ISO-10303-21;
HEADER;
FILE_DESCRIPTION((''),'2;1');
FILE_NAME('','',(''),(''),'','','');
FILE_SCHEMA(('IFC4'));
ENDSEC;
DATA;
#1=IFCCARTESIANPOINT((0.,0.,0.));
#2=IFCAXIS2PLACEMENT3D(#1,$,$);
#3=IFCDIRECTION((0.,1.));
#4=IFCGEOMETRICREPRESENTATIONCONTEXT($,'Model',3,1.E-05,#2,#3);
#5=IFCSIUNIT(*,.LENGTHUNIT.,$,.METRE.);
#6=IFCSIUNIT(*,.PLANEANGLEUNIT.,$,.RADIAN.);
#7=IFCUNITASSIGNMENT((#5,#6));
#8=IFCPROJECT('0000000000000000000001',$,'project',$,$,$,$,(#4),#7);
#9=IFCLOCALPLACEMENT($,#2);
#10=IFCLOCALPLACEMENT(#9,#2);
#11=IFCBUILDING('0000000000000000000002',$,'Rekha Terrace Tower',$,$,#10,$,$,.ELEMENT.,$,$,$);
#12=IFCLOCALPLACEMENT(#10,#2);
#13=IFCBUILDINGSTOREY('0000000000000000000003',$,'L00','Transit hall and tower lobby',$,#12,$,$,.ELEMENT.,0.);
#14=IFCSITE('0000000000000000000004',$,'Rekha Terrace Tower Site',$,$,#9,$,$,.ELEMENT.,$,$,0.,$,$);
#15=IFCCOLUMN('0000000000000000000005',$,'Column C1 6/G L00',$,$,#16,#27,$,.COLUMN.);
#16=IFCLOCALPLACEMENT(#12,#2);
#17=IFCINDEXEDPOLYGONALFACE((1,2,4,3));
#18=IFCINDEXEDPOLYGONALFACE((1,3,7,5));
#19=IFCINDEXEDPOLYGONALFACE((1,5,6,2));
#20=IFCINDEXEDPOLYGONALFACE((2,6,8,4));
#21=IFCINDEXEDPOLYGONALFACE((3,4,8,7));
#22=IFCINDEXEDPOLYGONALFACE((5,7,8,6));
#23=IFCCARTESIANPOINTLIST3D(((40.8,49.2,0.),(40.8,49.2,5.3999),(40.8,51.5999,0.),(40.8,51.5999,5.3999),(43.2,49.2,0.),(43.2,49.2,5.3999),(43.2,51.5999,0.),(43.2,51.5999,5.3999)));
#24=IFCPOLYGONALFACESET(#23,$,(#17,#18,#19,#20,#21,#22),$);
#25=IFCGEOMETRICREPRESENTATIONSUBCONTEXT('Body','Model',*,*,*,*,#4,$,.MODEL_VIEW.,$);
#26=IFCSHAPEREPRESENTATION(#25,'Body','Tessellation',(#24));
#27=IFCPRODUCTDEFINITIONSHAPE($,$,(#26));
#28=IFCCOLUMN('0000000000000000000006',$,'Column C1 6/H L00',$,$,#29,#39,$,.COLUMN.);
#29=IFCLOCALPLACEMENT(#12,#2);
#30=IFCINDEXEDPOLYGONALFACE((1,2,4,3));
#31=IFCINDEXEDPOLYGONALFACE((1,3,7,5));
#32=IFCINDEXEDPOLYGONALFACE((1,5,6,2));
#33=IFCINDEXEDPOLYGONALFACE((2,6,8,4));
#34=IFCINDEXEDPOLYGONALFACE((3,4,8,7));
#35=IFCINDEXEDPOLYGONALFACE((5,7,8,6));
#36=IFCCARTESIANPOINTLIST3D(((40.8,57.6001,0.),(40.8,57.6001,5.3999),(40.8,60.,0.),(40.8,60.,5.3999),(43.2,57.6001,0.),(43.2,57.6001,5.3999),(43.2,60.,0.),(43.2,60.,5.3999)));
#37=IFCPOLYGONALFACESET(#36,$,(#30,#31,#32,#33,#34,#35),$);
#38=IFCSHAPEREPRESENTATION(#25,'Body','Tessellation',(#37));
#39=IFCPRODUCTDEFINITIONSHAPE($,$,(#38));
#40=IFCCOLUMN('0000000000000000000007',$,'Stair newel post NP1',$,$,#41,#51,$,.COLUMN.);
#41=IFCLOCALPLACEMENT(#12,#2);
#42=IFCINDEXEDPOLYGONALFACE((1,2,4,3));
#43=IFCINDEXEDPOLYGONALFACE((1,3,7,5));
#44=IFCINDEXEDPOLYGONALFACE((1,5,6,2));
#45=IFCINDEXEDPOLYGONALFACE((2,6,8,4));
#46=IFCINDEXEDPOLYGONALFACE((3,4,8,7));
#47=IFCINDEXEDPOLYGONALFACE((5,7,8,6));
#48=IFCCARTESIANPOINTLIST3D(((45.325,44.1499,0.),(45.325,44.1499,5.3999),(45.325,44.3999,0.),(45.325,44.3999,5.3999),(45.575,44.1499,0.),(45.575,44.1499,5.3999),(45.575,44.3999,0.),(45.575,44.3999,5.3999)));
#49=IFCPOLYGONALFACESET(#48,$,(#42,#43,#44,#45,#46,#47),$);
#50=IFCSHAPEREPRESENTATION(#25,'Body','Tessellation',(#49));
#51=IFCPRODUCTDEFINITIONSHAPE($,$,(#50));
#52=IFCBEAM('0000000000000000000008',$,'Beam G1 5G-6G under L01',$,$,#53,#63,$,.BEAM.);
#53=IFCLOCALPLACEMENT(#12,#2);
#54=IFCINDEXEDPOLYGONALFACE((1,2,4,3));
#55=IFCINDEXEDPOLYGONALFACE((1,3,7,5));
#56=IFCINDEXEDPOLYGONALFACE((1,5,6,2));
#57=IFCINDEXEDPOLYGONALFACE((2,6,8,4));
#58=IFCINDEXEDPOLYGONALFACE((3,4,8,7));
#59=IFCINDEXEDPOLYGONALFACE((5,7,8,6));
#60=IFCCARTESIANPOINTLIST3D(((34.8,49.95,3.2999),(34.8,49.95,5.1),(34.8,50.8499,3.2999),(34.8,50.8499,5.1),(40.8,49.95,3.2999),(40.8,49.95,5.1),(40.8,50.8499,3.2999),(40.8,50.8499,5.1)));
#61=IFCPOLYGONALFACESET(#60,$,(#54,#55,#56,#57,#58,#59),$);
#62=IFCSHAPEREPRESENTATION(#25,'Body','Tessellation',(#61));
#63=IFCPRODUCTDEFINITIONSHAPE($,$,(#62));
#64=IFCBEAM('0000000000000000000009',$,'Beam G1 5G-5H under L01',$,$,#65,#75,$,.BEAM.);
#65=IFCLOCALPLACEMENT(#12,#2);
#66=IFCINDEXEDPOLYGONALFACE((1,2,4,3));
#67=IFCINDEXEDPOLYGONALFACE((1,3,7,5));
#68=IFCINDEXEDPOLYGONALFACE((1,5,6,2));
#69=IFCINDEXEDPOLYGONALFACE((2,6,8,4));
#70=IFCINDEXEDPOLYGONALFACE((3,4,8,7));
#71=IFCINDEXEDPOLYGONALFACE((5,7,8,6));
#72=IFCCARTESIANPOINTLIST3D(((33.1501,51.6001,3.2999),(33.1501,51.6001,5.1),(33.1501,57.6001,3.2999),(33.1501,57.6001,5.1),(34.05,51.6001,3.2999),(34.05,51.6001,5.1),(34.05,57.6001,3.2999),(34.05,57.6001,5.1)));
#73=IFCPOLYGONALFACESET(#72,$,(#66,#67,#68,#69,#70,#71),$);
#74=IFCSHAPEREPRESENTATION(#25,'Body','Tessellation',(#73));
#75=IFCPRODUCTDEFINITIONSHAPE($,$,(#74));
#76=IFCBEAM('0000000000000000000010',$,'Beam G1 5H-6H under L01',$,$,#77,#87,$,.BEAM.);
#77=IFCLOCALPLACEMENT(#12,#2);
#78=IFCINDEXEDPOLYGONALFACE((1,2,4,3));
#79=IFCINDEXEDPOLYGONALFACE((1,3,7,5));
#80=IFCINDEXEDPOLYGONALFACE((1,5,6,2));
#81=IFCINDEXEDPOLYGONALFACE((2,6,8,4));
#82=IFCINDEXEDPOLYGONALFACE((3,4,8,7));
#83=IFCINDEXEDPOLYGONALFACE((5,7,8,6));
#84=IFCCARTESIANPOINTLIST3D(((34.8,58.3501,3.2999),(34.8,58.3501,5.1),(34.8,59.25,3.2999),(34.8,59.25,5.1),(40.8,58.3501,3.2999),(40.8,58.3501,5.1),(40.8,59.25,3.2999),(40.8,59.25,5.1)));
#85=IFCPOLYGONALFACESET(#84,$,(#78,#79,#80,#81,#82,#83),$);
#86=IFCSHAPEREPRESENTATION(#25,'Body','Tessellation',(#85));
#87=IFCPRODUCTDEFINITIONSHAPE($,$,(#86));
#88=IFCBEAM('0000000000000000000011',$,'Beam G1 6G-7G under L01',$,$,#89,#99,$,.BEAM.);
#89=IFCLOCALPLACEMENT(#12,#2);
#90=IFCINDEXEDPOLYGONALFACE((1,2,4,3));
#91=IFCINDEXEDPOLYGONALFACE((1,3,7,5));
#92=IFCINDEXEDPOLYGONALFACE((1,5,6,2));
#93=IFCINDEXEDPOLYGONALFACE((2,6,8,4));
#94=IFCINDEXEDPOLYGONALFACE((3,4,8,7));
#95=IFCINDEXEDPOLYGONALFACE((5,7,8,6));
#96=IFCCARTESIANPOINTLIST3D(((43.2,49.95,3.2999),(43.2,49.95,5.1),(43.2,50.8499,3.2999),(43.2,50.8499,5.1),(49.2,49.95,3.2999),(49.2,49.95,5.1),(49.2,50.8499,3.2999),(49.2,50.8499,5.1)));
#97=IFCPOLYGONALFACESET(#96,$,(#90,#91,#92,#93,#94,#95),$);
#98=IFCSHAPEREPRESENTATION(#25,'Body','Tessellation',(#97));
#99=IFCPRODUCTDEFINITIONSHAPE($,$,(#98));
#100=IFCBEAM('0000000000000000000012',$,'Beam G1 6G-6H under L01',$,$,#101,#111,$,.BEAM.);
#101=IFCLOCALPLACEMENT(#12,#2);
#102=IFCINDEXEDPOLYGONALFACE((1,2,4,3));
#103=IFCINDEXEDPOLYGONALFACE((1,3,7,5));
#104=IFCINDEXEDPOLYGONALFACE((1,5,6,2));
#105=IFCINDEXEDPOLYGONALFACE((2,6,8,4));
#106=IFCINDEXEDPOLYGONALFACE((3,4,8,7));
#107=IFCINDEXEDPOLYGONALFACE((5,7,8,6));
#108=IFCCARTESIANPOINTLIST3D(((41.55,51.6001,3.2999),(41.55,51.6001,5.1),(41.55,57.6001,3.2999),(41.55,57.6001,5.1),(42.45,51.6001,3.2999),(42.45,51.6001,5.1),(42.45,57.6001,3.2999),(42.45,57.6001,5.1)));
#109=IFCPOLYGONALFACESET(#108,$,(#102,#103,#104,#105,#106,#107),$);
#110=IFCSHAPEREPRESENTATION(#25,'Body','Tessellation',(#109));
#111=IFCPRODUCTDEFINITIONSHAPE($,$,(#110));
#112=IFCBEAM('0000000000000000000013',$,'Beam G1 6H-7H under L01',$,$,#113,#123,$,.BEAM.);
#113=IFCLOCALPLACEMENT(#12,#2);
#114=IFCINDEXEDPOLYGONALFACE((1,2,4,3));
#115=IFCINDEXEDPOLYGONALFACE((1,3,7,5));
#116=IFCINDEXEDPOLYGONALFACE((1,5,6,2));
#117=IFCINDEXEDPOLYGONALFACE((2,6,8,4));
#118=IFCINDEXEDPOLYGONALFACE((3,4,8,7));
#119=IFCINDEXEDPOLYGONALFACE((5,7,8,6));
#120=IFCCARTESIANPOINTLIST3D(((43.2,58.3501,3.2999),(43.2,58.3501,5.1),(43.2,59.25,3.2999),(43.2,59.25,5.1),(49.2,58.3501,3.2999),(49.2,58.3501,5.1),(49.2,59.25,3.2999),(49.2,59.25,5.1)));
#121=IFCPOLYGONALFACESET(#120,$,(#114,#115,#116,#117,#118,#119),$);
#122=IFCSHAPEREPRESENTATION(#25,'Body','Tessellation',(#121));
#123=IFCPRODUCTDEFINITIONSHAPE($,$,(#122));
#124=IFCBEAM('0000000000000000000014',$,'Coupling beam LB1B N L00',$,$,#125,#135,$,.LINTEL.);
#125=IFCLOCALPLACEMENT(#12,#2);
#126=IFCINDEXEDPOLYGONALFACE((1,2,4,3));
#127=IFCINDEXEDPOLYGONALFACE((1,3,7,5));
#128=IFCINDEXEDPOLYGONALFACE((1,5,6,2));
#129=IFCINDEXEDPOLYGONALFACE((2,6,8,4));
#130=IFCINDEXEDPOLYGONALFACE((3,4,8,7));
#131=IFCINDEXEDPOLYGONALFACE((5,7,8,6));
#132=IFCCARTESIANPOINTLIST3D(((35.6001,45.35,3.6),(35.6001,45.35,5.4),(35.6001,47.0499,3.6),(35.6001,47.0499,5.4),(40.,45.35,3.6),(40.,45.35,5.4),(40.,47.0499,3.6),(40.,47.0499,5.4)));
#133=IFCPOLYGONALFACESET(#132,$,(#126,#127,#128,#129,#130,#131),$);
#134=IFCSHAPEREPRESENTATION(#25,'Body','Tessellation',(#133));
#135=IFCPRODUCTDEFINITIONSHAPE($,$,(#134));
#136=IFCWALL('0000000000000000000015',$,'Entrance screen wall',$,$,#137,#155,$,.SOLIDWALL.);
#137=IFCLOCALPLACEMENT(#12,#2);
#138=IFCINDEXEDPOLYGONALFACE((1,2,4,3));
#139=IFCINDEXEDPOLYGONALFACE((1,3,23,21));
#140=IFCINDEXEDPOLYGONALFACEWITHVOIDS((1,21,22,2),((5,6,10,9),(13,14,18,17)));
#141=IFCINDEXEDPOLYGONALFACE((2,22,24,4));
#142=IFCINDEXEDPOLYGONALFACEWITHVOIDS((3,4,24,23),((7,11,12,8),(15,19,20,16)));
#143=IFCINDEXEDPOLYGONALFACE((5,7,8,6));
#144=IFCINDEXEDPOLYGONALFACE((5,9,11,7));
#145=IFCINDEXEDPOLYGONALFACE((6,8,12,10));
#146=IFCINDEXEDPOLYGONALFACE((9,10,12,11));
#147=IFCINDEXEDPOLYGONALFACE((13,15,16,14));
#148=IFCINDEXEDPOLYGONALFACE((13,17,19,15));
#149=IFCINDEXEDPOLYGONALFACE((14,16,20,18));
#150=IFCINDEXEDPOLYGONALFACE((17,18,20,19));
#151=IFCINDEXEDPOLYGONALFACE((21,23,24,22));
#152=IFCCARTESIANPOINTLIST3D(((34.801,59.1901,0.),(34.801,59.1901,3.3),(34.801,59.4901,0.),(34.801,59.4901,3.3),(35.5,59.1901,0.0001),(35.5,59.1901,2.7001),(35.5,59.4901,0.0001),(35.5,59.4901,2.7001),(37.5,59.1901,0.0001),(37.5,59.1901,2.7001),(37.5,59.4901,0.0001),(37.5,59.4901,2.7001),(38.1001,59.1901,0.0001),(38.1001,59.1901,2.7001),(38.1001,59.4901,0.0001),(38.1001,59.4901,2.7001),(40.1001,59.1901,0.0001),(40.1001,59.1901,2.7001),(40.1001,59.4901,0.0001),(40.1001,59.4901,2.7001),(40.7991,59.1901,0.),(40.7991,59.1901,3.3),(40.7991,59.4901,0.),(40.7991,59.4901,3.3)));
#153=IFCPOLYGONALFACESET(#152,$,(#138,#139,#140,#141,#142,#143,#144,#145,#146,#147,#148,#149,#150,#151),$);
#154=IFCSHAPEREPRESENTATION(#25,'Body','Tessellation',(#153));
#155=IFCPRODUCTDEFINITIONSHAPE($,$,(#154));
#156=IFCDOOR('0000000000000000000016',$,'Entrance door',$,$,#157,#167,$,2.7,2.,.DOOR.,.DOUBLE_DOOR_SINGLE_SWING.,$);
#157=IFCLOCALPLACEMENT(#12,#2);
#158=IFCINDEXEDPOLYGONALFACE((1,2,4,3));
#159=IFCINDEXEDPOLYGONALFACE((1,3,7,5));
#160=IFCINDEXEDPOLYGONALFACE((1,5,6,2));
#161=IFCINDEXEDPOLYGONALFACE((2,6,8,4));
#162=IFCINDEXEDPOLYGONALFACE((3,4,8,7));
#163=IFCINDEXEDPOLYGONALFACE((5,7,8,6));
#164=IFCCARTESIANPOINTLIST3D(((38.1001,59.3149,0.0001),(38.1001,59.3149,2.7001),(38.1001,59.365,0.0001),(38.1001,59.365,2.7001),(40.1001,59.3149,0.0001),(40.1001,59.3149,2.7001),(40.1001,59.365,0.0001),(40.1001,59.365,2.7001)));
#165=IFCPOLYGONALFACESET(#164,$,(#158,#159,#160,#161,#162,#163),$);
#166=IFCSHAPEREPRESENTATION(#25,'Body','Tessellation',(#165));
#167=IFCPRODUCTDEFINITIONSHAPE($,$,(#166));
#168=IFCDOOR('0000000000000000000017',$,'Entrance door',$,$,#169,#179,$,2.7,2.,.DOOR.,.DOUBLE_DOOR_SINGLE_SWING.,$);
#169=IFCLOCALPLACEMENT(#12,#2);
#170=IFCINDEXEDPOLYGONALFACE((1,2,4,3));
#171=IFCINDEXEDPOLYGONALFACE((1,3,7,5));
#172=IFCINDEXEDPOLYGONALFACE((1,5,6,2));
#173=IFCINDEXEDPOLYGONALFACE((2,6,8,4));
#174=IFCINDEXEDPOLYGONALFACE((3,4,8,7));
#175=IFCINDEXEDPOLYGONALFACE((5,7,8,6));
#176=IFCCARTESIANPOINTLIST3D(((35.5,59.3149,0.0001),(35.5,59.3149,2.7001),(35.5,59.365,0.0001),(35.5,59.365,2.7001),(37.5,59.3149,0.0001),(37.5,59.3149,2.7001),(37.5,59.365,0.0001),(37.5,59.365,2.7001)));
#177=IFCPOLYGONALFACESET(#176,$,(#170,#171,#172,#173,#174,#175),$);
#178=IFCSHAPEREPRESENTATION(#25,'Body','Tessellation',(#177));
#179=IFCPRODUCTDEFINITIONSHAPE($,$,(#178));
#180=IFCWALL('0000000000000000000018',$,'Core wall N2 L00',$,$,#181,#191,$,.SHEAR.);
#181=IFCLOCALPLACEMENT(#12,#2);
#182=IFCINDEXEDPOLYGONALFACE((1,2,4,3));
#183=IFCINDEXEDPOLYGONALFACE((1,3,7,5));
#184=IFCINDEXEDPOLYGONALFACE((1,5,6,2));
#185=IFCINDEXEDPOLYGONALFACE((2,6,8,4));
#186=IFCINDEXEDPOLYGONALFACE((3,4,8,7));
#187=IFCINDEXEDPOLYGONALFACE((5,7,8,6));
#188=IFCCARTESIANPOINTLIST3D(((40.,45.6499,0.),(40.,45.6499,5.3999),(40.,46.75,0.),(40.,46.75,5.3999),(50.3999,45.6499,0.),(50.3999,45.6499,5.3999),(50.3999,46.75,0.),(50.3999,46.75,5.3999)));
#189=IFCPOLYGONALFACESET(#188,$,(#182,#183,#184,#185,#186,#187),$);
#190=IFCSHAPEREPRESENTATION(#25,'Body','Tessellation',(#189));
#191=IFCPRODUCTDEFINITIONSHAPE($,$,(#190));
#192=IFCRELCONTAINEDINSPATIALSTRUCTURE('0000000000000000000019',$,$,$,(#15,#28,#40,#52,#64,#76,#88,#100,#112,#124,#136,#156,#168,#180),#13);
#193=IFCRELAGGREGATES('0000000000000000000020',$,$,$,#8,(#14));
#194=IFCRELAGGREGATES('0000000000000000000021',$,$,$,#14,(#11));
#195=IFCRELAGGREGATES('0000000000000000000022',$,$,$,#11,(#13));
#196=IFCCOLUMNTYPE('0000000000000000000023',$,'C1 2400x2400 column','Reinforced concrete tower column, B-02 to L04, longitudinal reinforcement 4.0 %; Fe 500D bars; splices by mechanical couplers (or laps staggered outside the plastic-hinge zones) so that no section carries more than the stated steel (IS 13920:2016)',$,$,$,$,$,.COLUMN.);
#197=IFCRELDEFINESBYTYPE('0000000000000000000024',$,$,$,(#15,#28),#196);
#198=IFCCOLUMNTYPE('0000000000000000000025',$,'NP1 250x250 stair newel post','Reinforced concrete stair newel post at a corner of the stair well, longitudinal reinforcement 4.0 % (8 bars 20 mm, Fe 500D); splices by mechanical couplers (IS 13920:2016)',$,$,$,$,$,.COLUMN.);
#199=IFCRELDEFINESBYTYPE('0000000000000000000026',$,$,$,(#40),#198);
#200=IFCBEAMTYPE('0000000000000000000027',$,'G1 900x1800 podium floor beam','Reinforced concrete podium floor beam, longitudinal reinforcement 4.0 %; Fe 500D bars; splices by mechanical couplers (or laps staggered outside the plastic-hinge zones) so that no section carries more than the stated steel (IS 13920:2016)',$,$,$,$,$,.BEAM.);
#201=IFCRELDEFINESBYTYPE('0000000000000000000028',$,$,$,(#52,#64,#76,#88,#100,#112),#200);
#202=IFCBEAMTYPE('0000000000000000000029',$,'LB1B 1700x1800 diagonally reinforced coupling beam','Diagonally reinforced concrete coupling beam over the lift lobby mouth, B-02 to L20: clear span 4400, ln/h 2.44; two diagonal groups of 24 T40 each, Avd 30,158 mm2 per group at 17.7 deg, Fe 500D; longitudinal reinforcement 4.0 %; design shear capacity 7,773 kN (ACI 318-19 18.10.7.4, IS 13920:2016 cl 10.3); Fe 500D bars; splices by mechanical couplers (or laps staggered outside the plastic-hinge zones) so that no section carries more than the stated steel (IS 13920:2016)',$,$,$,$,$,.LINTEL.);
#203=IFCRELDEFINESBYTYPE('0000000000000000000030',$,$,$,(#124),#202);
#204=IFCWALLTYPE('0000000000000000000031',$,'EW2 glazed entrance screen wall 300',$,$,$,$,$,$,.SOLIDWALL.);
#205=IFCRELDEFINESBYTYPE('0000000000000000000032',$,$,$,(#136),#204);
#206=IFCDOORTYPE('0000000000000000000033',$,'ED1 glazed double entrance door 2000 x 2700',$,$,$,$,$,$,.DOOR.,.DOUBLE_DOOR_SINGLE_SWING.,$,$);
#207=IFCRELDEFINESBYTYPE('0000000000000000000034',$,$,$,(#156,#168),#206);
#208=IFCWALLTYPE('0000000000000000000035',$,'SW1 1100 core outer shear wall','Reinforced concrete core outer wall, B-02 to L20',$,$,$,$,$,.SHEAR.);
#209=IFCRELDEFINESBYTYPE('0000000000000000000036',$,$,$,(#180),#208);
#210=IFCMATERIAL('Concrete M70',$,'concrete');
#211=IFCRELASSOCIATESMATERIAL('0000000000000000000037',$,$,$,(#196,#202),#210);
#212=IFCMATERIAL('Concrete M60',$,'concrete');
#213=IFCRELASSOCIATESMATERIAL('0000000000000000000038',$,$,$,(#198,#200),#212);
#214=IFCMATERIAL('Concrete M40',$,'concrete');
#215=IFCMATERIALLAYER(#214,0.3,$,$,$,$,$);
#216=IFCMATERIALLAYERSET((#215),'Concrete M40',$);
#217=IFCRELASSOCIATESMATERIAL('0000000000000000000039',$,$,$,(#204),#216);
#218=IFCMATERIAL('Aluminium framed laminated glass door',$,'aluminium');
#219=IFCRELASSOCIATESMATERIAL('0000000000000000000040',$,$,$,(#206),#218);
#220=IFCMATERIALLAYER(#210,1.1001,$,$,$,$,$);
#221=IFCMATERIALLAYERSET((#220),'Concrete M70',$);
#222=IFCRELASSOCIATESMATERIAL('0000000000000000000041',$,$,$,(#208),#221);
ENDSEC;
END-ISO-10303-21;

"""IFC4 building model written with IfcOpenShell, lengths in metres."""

from ifc_helpers import new_model, si_unit, direction, frame, frame_2d, origin, origin_2d, place, context, subcontext, project, spatial, rectangle, extrude, material, layer, layer_set, material_profile, profile_set, type_object, element, fill, save


model = new_model("IFC4")

# Units and contexts
model_context = context("Model", 3, precision=1e-05, world=origin(), true_north=direction((0.0, 1.0)))
body_context = subcontext(model_context, "Body", "Model", "MODEL_VIEW")
ifc_project = project(units=[si_unit("LENGTHUNIT", "METRE"), si_unit("PLANEANGLEUNIT", "RADIAN")], contexts=[model_context])

# Site, building, storey
site_placement = place(None, origin())
site = spatial("IfcSite", under=ifc_project, at=site_placement, Name="Rekha Terrace Tower Site", CompositionType="ELEMENT", RefElevation=0.0)
building_placement = place(site_placement, origin())
building = spatial("IfcBuilding", under=site, at=building_placement, Name="Rekha Terrace Tower", CompositionType="ELEMENT")
storey_placement = place(building_placement, origin())
storey = spatial("IfcBuildingStorey", under=building, at=storey_placement, Name="L00", Description="Transit hall and tower lobby", CompositionType="ELEMENT", Elevation=0.0)

# Columns
ifc_material_1 = material(Name="Concrete M70", Category="concrete")
ifc_material_profile_1 = material_profile(ifc_material_1, rectangle(XDim=2.3999, YDim=2.3999, at=origin_2d()), Name="RC 2400x2400")
ifc_profile_set_1 = profile_set([ifc_material_profile_1], Name="Concrete M70")
column_type_1 = type_object("IfcColumnType", Name="C1 2400x2400 column", Description="Reinforced concrete tower column, B-02 to L04, longitudinal reinforcement 4.0 %; Fe 500D bars; splices by mechanical couplers (or laps staggered outside the plastic-hinge zones) so that no section carries more than the stated steel (IS 13920:2016)", PredefinedType="COLUMN", material=ifc_profile_set_1)
for number, where, z_axis, x_axis, name in (
    (1, (42.0, 50.3999, 0.0), (0.0, 0.0, 1.0), (1.0, 0.0, 0.0), "Column C1 6/G L00"),
    (2, (42.0, 58.8, 0.0), (0.0, 0.0, 1.0), (1.0, 0.0, 0.0), "Column C1 6/H L00"),
):
    element("IfcColumn", number, at=place(storey_placement, frame(where, z_axis=z_axis, x_axis=x_axis)), inside=storey, type_object=column_type_1, Name=name, PredefinedType="COLUMN", context=body_context, shape_type="SweptSolid", body=[
        extrude(rectangle(XDim=2.3999, YDim=2.3999, at=origin_2d()), origin(), (0.0, 0.0, 1.0), 5.3999),
    ])
ifc_material_2 = material(Name="Concrete M60", Category="concrete")
ifc_material_profile_2 = material_profile(ifc_material_2, rectangle(XDim=0.25, YDim=0.25, at=origin_2d()), Name="RC 250x250")
ifc_profile_set_2 = profile_set([ifc_material_profile_2], Name="Concrete M60")
column_type_2 = type_object("IfcColumnType", Name="NP1 250x250 stair newel post", Description="Reinforced concrete stair newel post at a corner of the stair well, longitudinal reinforcement 4.0 % (8 bars 20 mm, Fe 500D); splices by mechanical couplers (IS 13920:2016)", PredefinedType="COLUMN", material=ifc_profile_set_2)
column_placement = place(storey_placement, frame((45.45, 44.2749, 0.0), z_axis=(0.0, 0.0, 1.0), x_axis=(1.0, 0.0, 0.0)))
element("IfcColumn", 3, at=column_placement, inside=storey, type_object=column_type_2, Name="Stair newel post NP1", PredefinedType="COLUMN", context=body_context, shape_type="SweptSolid", body=[
    extrude(rectangle(XDim=0.25, YDim=0.25, at=origin_2d()), origin(), (0.0, 0.0, 1.0), 5.3999),
])

# Beams
ifc_material_profile_3 = material_profile(ifc_material_2, rectangle(XDim=0.8999, YDim=1.8, at=origin_2d()), Name="RC 900x1800")
ifc_profile_set_3 = profile_set([ifc_material_profile_3], Name="Concrete M60")
beam_type_1 = type_object("IfcBeamType", Name="G1 900x1800 podium floor beam", Description="Reinforced concrete podium floor beam, longitudinal reinforcement 4.0 %; Fe 500D bars; splices by mechanical couplers (or laps staggered outside the plastic-hinge zones) so that no section carries more than the stated steel (IS 13920:2016)", PredefinedType="BEAM", material=ifc_profile_set_3)
for number, where, z_axis, x_axis, name in (
    (4, (34.8, 50.3999, 4.2), (1.0, 0.0, 0.0), (0.0, 1.0, 0.0), "Beam G1 5G-6G under L01"),
    (5, (33.6001, 51.6001, 4.2), (0.0, 1.0, 0.0), (-1.0, 0.0, 0.0), "Beam G1 5G-5H under L01"),
    (6, (34.8, 58.8, 4.2), (1.0, 0.0, 0.0), (0.0, 1.0, 0.0), "Beam G1 5H-6H under L01"),
    (7, (43.2, 50.3999, 4.2), (1.0, 0.0, 0.0), (0.0, 1.0, 0.0), "Beam G1 6G-7G under L01"),
    (8, (42.0, 51.6001, 4.2), (0.0, 1.0, 0.0), (-1.0, 0.0, 0.0), "Beam G1 6G-6H under L01"),
    (9, (43.2, 58.8, 4.2), (1.0, 0.0, 0.0), (0.0, 1.0, 0.0), "Beam G1 6H-7H under L01"),
):
    element("IfcBeam", number, at=place(storey_placement, frame(where, z_axis=z_axis, x_axis=x_axis)), inside=storey, type_object=beam_type_1, Name=name, PredefinedType="BEAM", context=body_context, shape_type="SweptSolid", body=[
        extrude(rectangle(XDim=0.8999, YDim=1.8, at=origin_2d()), origin(), (0.0, 0.0, 1.0), 6.0),
    ])
ifc_material_profile_4 = material_profile(ifc_material_1, rectangle(XDim=1.7, YDim=1.8, at=origin_2d()), Name="RC 1700x1800")
ifc_profile_set_4 = profile_set([ifc_material_profile_4], Name="Concrete M70")
beam_type_2 = type_object("IfcBeamType", Name="LB1B 1700x1800 diagonally reinforced coupling beam", Description="Diagonally reinforced concrete coupling beam over the lift lobby mouth, B-02 to L20: clear span 4400, ln/h 2.44; two diagonal groups of 24 T40 each, Avd 30,158 mm2 per group at 17.7 deg, Fe 500D; longitudinal reinforcement 4.0 %; design shear capacity 7,773 kN (ACI 318-19 18.10.7.4, IS 13920:2016 cl 10.3); Fe 500D bars; splices by mechanical couplers (or laps staggered outside the plastic-hinge zones) so that no section carries more than the stated steel (IS 13920:2016)", PredefinedType="LINTEL", material=ifc_profile_set_4)
beam_placement = place(storey_placement, frame((35.6001, 46.2, 4.5), z_axis=(1.0, 0.0, 0.0), x_axis=(0.0, 1.0, 0.0)))
element("IfcBeam", 10, at=beam_placement, inside=storey, type_object=beam_type_2, Name="Coupling beam LB1B N L00", PredefinedType="LINTEL", context=body_context, shape_type="SweptSolid", body=[
    extrude(rectangle(XDim=1.7, YDim=1.8, at=origin_2d()), origin(), (0.0, 0.0, 1.0), 4.3999),
])

# Wall, openings, doors
ifc_material_3 = material(Name="Concrete M40", Category="concrete")
ifc_layer_1 = layer(ifc_material_3, 0.3)
ifc_layer_set_1 = layer_set([ifc_layer_1], Name="Concrete M40")
wall_type_1 = type_object("IfcWallType", Name="EW2 glazed entrance screen wall 300", PredefinedType="SOLIDWALL", material=ifc_layer_set_1)
wall_1_placement = place(storey_placement, frame((34.801, 59.3401, 0.0), z_axis=(0.0, 0.0, 1.0), x_axis=(1.0, 0.0, 0.0)))
wall_1 = element("IfcWall", 11, at=wall_1_placement, inside=storey, type_object=wall_type_1, Name="Entrance screen wall", PredefinedType="SOLIDWALL", context=body_context, shape_type="SweptSolid", body=[
    extrude(rectangle(XDim=5.998, YDim=0.3, at=frame_2d((2.999, 0.0))), origin(), (0.0, 0.0, 1.0), 3.3),
])
opening_1_placement = place(wall_1_placement, frame((3.2991, 0.0, 0.0)))
opening_1 = element("IfcOpeningElement", 12, at=opening_1_placement, cuts=wall_1, PredefinedType="OPENING", context=body_context, shape_type="SweptSolid", body=[
    extrude(rectangle(XDim=2.0, YDim=2.7, at=frame_2d((1.0, 1.3501))), frame((0.0, 0.1599, 0.0), z_axis=(0.0, -1.0, 0.0), x_axis=(1.0, 0.0, 0.0)), (0.0, 0.0, 1.0), 0.3201),
])
opening_2_placement = place(wall_1_placement, frame((0.699, 0.0, 0.0)))
opening_2 = element("IfcOpeningElement", 13, at=opening_2_placement, cuts=wall_1, PredefinedType="OPENING", context=body_context, shape_type="SweptSolid", body=[
    extrude(rectangle(XDim=2.0, YDim=2.7, at=frame_2d((1.0, 1.3501))), frame((0.0, 0.1599, 0.0), z_axis=(0.0, -1.0, 0.0), x_axis=(1.0, 0.0, 0.0)), (0.0, 0.0, 1.0), 0.3201),
])
ifc_material_4 = material(Name="Aluminium framed laminated glass door", Category="aluminium")
door_type_1 = type_object("IfcDoorType", Name="ED1 glazed double entrance door 2000 x 2700", OperationType="DOUBLE_DOOR_SINGLE_SWING", PredefinedType="DOOR", material=ifc_material_4)
door_1_placement = place(opening_1_placement, origin())
door_1 = element("IfcDoor", 14, at=door_1_placement, inside=storey, type_object=door_type_1, Name="Entrance door", OperationType="DOUBLE_DOOR_SINGLE_SWING", OverallHeight=2.7, OverallWidth=2.0, PredefinedType="DOOR", context=body_context, shape_type="SweptSolid", body=[
    extrude(rectangle(XDim=2.0, YDim=2.7, at=frame_2d((1.0, 1.3501))), frame((0.0, 0.0249, 0.0), z_axis=(0.0, -1.0, 0.0), x_axis=(1.0, 0.0, 0.0)), (0.0, 0.0, 1.0), 0.05),
])
fill(opening_1, door_1)
door_2_placement = place(opening_2_placement, origin())
door_2 = element("IfcDoor", 15, at=door_2_placement, inside=storey, type_object=door_type_1, Name="Entrance door", OperationType="DOUBLE_DOOR_SINGLE_SWING", OverallHeight=2.7, OverallWidth=2.0, PredefinedType="DOOR", context=body_context, shape_type="SweptSolid", body=[
    extrude(rectangle(XDim=2.0, YDim=2.7, at=frame_2d((1.0, 1.3501))), frame((0.0, 0.0249, 0.0), z_axis=(0.0, -1.0, 0.0), x_axis=(1.0, 0.0, 0.0)), (0.0, 0.0, 1.0), 0.05),
])
fill(opening_2, door_2)

# Wall
ifc_layer_2 = layer(ifc_material_1, 1.1001)
ifc_layer_set_2 = layer_set([ifc_layer_2], Name="Concrete M70")
wall_type_2 = type_object("IfcWallType", Name="SW1 1100 core outer shear wall", Description="Reinforced concrete core outer wall, B-02 to L20", PredefinedType="SHEAR", material=ifc_layer_set_2)
wall_2_placement = place(storey_placement, frame((40.0, 46.2, 0.0), z_axis=(0.0, 0.0, 1.0), x_axis=(1.0, 0.0, 0.0)))
element("IfcWall", 16, at=wall_2_placement, inside=storey, type_object=wall_type_2, Name="Core wall N2 L00", PredefinedType="SHEAR", context=body_context, shape_type="SweptSolid", body=[
    extrude(rectangle(XDim=10.3999, YDim=1.1001, at=frame_2d((5.2, 0.0))), origin(), (0.0, 0.0, 1.0), 5.3999),
])

save(model, "model.ifc")
